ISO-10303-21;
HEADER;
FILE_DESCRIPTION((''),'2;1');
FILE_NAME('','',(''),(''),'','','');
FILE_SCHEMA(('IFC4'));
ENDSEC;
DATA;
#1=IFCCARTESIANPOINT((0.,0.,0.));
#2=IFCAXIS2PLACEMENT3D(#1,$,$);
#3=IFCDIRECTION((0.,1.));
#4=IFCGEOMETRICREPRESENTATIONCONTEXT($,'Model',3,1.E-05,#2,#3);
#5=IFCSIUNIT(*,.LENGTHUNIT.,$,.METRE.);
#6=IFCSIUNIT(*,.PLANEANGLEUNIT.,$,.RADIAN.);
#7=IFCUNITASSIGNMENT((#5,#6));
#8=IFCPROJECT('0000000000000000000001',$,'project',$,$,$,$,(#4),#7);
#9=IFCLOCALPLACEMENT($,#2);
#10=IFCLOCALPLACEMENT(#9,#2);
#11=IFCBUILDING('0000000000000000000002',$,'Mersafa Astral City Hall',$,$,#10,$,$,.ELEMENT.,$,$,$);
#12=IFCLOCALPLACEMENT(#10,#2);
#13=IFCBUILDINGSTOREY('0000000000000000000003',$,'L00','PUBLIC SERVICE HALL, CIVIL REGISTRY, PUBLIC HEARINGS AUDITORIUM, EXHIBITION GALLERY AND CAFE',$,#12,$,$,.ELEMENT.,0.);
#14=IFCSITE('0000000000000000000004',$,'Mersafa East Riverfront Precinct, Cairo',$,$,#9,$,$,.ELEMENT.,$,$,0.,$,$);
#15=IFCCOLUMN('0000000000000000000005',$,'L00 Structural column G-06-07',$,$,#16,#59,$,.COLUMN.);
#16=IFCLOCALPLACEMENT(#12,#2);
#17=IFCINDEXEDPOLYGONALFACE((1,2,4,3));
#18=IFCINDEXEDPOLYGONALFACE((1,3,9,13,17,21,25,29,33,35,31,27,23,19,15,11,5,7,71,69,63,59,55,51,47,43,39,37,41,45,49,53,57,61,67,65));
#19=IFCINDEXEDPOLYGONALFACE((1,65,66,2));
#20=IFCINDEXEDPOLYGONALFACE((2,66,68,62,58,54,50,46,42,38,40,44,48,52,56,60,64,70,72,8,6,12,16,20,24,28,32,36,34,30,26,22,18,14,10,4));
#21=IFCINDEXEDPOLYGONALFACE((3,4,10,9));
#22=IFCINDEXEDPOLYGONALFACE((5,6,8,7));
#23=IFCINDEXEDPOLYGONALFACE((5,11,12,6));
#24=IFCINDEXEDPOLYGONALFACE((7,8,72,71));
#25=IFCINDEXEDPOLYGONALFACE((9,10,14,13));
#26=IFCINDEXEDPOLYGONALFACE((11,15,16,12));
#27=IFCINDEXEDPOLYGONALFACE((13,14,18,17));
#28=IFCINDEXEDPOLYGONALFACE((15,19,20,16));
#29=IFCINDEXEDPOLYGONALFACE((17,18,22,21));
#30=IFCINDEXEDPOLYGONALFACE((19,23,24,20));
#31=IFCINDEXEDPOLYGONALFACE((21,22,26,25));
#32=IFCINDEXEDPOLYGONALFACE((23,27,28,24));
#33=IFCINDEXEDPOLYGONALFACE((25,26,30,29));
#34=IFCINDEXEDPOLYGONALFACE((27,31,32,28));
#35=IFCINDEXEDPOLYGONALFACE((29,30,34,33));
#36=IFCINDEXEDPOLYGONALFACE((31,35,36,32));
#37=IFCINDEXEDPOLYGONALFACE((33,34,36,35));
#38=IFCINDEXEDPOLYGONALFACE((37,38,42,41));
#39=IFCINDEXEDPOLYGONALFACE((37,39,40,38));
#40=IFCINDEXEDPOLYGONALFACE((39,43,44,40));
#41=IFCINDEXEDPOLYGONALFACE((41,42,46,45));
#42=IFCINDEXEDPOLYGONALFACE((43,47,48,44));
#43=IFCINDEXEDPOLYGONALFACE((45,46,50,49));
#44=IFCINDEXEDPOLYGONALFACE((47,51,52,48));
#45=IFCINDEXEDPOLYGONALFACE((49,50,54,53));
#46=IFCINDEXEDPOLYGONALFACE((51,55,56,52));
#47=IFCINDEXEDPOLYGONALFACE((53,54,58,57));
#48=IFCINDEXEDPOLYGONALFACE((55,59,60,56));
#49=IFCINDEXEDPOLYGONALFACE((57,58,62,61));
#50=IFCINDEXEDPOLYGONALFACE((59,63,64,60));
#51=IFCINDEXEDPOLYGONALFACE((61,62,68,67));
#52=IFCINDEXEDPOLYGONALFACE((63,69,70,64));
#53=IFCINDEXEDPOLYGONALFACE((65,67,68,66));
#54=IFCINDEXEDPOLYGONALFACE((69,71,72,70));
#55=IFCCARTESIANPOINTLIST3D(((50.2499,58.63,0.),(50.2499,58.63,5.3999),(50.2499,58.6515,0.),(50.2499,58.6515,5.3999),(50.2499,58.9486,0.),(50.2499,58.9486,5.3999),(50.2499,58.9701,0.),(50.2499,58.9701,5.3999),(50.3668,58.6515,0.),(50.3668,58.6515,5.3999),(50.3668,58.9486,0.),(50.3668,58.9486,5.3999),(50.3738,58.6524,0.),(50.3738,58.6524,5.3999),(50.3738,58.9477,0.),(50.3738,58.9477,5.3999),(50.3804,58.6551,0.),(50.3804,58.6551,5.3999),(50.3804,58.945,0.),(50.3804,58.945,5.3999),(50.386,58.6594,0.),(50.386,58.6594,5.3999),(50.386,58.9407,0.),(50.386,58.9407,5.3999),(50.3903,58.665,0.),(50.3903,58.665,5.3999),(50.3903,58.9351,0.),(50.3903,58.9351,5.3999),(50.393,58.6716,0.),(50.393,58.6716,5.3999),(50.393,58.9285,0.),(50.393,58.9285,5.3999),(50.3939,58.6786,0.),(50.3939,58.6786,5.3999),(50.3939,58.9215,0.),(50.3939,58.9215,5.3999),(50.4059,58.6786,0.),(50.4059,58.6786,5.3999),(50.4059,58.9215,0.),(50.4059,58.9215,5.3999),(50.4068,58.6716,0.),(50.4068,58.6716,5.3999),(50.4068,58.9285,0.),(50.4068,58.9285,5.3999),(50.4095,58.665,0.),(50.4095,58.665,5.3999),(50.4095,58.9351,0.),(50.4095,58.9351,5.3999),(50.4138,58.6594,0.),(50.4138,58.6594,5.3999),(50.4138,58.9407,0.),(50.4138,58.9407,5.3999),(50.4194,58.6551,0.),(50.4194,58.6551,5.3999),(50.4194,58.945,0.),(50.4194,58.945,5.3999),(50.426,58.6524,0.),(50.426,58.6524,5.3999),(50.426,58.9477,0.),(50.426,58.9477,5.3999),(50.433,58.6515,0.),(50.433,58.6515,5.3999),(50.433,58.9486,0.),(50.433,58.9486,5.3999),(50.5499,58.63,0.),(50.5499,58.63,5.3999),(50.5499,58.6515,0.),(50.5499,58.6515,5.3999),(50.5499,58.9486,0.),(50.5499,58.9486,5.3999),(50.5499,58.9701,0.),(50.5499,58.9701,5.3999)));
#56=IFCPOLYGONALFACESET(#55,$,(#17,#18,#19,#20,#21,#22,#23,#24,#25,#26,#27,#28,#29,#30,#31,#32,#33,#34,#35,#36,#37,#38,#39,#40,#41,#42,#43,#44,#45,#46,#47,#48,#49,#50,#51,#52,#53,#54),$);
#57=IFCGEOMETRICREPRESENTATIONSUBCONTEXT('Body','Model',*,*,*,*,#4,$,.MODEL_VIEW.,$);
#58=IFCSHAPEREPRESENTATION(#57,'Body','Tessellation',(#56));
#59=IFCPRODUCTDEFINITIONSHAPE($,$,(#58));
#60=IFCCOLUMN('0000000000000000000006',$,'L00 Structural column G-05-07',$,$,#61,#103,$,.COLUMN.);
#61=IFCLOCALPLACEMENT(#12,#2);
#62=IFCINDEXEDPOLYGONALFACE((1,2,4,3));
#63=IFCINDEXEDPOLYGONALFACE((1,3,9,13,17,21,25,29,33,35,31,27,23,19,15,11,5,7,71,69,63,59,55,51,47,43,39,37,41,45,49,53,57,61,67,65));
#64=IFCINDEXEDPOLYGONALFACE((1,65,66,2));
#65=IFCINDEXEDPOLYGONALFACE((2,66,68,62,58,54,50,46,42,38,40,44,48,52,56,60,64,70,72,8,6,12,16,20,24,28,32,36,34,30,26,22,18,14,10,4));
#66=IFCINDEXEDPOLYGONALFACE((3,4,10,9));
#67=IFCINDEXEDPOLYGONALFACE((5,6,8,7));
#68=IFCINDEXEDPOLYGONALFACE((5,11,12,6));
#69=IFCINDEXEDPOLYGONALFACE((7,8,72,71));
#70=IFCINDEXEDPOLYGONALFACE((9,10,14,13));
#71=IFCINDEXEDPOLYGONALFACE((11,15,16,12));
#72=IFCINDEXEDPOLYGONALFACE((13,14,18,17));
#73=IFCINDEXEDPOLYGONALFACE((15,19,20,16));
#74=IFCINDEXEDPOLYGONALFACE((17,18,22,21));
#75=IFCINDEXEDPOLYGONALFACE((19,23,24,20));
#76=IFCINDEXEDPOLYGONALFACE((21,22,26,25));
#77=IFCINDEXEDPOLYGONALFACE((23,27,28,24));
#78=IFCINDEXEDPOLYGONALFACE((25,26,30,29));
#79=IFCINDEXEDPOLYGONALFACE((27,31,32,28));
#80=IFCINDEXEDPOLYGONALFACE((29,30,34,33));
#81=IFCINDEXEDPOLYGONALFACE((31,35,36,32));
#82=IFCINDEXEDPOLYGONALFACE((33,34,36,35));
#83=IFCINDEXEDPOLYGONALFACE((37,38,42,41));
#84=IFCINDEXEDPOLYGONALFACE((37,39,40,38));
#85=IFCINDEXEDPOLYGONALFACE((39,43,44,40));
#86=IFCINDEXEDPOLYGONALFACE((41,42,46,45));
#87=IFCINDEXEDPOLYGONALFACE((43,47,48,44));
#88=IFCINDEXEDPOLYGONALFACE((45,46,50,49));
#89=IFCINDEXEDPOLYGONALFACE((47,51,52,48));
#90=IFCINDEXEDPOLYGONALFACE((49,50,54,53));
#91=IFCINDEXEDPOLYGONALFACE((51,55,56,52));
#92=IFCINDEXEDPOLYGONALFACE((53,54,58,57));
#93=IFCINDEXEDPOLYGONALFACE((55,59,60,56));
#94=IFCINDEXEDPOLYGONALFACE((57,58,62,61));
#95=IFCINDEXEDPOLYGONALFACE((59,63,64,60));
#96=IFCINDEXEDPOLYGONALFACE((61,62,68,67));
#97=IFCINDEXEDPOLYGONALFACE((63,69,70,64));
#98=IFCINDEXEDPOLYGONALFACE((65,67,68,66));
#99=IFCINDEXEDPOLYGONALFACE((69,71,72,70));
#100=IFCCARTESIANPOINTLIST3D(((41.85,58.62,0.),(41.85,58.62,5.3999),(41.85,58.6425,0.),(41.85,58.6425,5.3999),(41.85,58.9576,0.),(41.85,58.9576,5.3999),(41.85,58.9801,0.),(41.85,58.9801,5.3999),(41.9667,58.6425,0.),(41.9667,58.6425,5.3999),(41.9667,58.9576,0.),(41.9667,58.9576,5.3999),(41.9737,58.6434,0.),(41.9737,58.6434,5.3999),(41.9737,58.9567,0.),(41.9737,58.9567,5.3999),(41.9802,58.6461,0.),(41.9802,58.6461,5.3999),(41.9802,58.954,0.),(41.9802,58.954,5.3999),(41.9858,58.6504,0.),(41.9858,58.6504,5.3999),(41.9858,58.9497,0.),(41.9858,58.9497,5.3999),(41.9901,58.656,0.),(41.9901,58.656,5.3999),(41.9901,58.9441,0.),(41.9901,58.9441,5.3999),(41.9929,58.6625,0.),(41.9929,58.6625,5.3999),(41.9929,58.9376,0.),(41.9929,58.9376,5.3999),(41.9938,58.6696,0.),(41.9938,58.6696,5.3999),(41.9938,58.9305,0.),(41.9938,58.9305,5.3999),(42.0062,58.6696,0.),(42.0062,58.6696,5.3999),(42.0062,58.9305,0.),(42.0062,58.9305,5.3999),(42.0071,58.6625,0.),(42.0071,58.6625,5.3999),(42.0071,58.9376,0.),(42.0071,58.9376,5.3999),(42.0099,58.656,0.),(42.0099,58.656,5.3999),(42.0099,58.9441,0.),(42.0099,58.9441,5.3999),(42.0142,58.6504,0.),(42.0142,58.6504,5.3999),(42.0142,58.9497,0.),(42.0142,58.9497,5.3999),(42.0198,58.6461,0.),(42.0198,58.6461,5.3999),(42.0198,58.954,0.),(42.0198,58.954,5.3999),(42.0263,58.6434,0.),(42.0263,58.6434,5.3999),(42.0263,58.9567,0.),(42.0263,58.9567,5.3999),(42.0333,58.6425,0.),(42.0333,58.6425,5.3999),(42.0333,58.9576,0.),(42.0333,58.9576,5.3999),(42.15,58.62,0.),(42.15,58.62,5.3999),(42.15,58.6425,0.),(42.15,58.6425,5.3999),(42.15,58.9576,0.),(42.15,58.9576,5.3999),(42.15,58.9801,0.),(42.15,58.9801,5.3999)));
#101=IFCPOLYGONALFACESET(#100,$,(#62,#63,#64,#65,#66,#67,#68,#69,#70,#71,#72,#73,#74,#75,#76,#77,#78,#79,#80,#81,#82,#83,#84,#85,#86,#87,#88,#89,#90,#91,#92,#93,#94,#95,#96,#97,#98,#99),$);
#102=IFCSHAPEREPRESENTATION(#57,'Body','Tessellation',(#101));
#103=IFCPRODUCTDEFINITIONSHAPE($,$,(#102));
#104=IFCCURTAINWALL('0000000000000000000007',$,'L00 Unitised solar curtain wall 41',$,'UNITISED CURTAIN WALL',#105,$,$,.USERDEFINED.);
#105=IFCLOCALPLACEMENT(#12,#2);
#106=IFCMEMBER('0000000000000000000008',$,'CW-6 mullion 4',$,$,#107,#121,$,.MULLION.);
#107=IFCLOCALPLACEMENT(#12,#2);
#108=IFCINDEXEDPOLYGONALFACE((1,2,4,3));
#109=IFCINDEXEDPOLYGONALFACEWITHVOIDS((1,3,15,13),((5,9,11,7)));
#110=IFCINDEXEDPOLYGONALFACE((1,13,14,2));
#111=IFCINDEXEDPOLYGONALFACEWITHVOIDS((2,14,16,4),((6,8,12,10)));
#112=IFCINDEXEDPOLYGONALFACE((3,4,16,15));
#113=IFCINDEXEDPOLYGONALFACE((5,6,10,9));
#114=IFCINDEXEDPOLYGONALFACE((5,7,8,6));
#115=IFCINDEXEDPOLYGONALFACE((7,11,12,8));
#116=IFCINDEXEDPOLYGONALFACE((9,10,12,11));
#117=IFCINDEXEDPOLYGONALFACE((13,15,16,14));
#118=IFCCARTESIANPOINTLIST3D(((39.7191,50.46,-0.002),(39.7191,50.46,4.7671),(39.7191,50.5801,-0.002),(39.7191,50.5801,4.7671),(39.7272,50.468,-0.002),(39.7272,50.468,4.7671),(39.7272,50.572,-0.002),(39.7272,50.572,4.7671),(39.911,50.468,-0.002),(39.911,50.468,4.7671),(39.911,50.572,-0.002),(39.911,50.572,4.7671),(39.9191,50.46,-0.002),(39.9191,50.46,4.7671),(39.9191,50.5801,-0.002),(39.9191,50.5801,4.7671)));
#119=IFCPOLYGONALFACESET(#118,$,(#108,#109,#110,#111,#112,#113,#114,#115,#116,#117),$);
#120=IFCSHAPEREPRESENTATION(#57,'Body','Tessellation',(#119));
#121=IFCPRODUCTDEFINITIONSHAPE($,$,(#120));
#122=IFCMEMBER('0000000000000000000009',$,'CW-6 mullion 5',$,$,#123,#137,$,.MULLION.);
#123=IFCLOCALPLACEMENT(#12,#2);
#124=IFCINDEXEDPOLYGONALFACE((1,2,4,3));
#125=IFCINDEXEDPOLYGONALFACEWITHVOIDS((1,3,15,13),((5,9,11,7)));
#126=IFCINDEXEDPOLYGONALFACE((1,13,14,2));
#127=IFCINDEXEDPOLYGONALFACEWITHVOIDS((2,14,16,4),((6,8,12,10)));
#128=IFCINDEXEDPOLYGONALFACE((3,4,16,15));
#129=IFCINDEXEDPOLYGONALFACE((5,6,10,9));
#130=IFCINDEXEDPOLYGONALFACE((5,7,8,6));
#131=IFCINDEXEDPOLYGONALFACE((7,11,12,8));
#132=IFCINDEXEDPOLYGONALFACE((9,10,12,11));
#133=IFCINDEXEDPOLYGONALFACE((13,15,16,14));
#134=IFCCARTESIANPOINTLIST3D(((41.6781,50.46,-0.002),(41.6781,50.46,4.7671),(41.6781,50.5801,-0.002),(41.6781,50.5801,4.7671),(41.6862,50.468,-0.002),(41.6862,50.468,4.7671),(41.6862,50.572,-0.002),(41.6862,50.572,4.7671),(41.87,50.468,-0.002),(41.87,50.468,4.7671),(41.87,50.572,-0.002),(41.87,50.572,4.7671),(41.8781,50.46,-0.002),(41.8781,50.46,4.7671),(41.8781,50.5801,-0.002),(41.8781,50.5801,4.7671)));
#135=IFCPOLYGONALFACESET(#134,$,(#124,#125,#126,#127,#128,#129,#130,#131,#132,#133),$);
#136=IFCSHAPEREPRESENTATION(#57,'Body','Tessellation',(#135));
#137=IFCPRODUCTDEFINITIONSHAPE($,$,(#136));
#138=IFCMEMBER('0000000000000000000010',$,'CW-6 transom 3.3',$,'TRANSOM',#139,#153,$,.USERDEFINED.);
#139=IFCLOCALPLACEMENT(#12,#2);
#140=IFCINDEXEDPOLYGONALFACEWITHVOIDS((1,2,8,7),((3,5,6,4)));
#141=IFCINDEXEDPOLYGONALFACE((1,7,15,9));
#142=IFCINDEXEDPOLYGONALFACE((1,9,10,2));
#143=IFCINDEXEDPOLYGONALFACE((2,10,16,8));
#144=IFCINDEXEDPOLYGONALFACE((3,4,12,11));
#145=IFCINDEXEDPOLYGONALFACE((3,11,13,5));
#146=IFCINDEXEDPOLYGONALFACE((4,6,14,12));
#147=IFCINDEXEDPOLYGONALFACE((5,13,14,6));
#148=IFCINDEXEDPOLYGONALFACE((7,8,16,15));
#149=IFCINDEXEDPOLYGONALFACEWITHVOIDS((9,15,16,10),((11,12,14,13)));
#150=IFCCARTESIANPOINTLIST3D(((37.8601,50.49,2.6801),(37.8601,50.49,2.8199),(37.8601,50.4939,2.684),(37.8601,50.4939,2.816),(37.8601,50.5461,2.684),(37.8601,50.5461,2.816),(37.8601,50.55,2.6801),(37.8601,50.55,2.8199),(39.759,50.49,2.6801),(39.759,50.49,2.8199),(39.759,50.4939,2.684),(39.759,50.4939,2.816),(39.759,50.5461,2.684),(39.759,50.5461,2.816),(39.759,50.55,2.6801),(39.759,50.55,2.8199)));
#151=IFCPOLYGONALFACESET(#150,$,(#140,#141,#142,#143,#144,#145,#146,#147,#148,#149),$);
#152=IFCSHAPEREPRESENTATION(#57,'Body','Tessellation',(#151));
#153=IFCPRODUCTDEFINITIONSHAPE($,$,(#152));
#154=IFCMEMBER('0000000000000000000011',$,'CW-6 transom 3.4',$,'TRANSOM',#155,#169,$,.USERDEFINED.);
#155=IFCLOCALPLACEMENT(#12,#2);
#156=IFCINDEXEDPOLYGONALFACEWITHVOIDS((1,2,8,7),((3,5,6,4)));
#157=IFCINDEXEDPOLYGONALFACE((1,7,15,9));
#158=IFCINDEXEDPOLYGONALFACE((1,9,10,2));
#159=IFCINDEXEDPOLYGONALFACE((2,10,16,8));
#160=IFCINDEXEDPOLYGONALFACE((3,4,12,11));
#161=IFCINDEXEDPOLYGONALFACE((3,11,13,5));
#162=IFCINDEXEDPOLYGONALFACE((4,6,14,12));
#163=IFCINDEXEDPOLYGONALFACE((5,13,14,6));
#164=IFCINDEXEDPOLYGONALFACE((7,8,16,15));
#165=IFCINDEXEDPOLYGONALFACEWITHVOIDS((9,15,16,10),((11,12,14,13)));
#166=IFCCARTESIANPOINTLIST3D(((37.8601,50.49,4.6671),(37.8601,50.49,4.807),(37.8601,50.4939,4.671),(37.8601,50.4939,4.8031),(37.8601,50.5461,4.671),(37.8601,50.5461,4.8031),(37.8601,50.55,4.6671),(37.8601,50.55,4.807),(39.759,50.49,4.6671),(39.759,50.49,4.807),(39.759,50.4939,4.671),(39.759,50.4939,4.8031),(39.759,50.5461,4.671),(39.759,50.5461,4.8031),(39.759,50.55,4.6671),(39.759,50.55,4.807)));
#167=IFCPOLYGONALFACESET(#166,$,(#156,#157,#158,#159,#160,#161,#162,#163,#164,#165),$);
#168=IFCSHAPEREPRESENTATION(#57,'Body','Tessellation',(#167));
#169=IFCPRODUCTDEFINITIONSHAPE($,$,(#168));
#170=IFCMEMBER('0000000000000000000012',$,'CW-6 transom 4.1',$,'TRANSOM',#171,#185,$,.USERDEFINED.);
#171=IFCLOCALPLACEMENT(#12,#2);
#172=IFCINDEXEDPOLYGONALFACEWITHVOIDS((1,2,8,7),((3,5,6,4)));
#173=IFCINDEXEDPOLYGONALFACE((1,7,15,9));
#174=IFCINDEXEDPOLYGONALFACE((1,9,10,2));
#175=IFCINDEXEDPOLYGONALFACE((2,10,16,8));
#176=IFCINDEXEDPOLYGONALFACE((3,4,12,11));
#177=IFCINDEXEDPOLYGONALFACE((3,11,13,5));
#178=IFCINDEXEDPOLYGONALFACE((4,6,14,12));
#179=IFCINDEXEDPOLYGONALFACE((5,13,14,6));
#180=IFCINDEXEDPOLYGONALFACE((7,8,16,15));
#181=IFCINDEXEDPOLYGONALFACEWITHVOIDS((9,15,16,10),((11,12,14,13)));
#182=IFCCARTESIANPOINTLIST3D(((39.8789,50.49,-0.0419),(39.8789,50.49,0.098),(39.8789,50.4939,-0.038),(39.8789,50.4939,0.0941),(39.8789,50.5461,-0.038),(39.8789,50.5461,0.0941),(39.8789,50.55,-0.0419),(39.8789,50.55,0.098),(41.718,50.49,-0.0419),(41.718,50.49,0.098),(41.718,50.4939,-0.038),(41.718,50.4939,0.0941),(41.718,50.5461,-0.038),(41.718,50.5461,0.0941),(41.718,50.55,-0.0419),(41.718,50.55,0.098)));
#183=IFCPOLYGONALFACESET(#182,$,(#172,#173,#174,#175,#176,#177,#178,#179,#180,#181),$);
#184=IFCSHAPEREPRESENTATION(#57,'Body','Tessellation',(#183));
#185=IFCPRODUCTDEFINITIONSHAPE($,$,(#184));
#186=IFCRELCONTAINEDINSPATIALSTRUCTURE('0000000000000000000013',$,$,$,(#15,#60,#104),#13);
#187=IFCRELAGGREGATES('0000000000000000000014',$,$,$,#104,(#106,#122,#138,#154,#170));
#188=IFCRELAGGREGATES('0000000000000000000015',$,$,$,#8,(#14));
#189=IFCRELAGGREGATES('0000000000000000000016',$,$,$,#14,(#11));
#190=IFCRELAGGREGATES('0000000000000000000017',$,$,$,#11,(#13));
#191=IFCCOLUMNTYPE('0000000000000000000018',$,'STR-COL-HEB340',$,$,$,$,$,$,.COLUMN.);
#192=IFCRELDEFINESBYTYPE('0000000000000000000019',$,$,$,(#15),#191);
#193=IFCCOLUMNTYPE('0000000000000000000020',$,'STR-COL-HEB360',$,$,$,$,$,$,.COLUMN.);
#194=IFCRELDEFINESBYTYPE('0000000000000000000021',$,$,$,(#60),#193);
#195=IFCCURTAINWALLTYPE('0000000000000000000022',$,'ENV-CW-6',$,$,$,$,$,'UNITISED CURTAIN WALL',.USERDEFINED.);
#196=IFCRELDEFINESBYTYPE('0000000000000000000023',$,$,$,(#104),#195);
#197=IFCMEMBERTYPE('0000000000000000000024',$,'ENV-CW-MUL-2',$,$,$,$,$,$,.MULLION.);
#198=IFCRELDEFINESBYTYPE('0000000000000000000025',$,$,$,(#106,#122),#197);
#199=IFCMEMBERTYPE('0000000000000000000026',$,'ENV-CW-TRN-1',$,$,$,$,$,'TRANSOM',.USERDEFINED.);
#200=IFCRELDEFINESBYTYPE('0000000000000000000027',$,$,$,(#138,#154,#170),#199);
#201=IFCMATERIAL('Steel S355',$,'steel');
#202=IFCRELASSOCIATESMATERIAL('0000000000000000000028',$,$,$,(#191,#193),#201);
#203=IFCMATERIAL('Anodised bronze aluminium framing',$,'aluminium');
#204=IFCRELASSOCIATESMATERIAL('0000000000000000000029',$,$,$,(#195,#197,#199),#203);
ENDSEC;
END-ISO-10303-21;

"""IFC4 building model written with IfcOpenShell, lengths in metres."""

from ifc_helpers import new_model, si_unit, direction, frame, origin, origin_2d, place, context, subcontext, project, spatial, hollow_rectangle, i_section, extrude, material, material_profile, profile_set, type_object, element, aggregate, save


model = new_model("IFC4")

# Units and contexts
model_context = context("Model", 3, precision=1e-05, world=origin(), true_north=direction((0.0, 1.0)))
body_context = subcontext(model_context, "Body", "Model", "MODEL_VIEW")
ifc_project = project(units=[si_unit("LENGTHUNIT", "METRE"), si_unit("PLANEANGLEUNIT", "RADIAN")], contexts=[model_context])

# Site, building, storey
site_placement = place(None, origin())
site = spatial("IfcSite", under=ifc_project, at=site_placement, Name="Mersafa East Riverfront Precinct, Cairo", CompositionType="ELEMENT", RefElevation=0.0)
building_placement = place(site_placement, origin())
building = spatial("IfcBuilding", under=site, at=building_placement, Name="Mersafa Astral City Hall", CompositionType="ELEMENT")
storey_placement = place(building_placement, origin())
storey = spatial("IfcBuildingStorey", under=building, at=storey_placement, Name="L00", Description="PUBLIC SERVICE HALL, CIVIL REGISTRY, PUBLIC HEARINGS AUDITORIUM, EXHIBITION GALLERY AND CAFE", CompositionType="ELEMENT", Elevation=0.0)

# Columns
ifc_material_1 = material(Name="Steel S355", Category="steel")
ifc_material_profile_1 = material_profile(ifc_material_1, i_section(OverallWidth=0.3, OverallDepth=0.3401, WebThickness=0.012, FlangeThickness=0.0215, FilletRadius=0.0271, at=origin_2d()), Name="HEB 340")
ifc_profile_set_1 = profile_set([ifc_material_profile_1], Name="Steel S355")
column_type_1 = type_object("IfcColumnType", Name="STR-COL-HEB340", PredefinedType="COLUMN", material=ifc_profile_set_1)
column_1_placement = place(storey_placement, frame((50.3999, 58.8, 0.0), z_axis=(0.0, 0.0, 1.0), x_axis=(1.0, 0.0, 0.0)))
element("IfcColumn", 1, at=column_1_placement, inside=storey, type_object=column_type_1, Name="L00 Structural column G-06-07", PredefinedType="COLUMN", context=body_context, shape_type="SweptSolid", body=[
    extrude(i_section(OverallWidth=0.3, OverallDepth=0.3401, WebThickness=0.012, FlangeThickness=0.0215, FilletRadius=0.0271, at=origin_2d()), origin(), (0.0, 0.0, 1.0), 5.3999),
])
ifc_material_profile_2 = material_profile(ifc_material_1, i_section(OverallWidth=0.3, OverallDepth=0.3601, WebThickness=0.0125, FlangeThickness=0.0225, FilletRadius=0.0271, at=origin_2d()), Name="HEB 360")
ifc_profile_set_2 = profile_set([ifc_material_profile_2], Name="Steel S355")
column_type_2 = type_object("IfcColumnType", Name="STR-COL-HEB360", PredefinedType="COLUMN", material=ifc_profile_set_2)
column_2_placement = place(storey_placement, frame((42.0, 58.8, 0.0), z_axis=(0.0, 0.0, 1.0), x_axis=(1.0, 0.0, 0.0)))
element("IfcColumn", 2, at=column_2_placement, inside=storey, type_object=column_type_2, Name="L00 Structural column G-05-07", PredefinedType="COLUMN", context=body_context, shape_type="SweptSolid", body=[
    extrude(i_section(OverallWidth=0.3, OverallDepth=0.3601, WebThickness=0.0125, FlangeThickness=0.0225, FilletRadius=0.0271, at=origin_2d()), origin(), (0.0, 0.0, 1.0), 5.3999),
])

# Curtain wall, members
ifc_material_2 = material(Name="Anodised bronze aluminium framing", Category="aluminium")
curtain_wall_type = type_object("IfcCurtainWallType", Name="ENV-CW-6", ElementType="UNITISED CURTAIN WALL", PredefinedType="USERDEFINED", material=ifc_material_2)
curtain_wall_placement = place(storey_placement, origin())
curtain_wall = element("IfcCurtainWall", 3, at=curtain_wall_placement, inside=storey, type_object=curtain_wall_type, Name="L00 Unitised solar curtain wall 41", ObjectType="UNITISED CURTAIN WALL", PredefinedType="USERDEFINED")
ifc_material_profile_3 = material_profile(ifc_material_2, hollow_rectangle(XDim=0.1201, YDim=0.2, WallThickness=0.0081, at=origin_2d()), Name="RHS 120x200x8")
ifc_profile_set_3 = profile_set([ifc_material_profile_3], Name="Anodised bronze aluminium framing")
member_type_1 = type_object("IfcMemberType", Name="ENV-CW-MUL-2", PredefinedType="MULLION", material=ifc_profile_set_3)
member_1_placement = place(storey_placement, frame((39.8191, 50.52, -0.002), z_axis=(0.0, 0.0, 1.0), x_axis=(0.0, 1.0, 0.0)))
member_1 = element("IfcMember", 4, at=member_1_placement, type_object=member_type_1, Name="CW-6 mullion 4", PredefinedType="MULLION", context=body_context, shape_type="SweptSolid", body=[
    extrude(hollow_rectangle(XDim=0.1201, YDim=0.2, WallThickness=0.0081, at=origin_2d()), origin(), (0.0, 0.0, 1.0), 4.769),
])
member_2_placement = place(storey_placement, frame((41.7781, 50.52, -0.002), z_axis=(0.0, 0.0, 1.0), x_axis=(0.0, 1.0, 0.0)))
member_2 = element("IfcMember", 5, at=member_2_placement, type_object=member_type_1, Name="CW-6 mullion 5", PredefinedType="MULLION", context=body_context, shape_type="SweptSolid", body=[
    extrude(hollow_rectangle(XDim=0.1201, YDim=0.2, WallThickness=0.0081, at=origin_2d()), origin(), (0.0, 0.0, 1.0), 4.769),
])
ifc_material_profile_4 = material_profile(ifc_material_2, hollow_rectangle(XDim=0.0601, YDim=0.1399, WallThickness=0.0039, at=origin_2d()), Name="RHS 60x140x4")
ifc_profile_set_4 = profile_set([ifc_material_profile_4], Name="Anodised bronze aluminium framing")
member_type_2 = type_object("IfcMemberType", Name="ENV-CW-TRN-1", ElementType="TRANSOM", PredefinedType="USERDEFINED", material=ifc_profile_set_4)
member_3_placement = place(storey_placement, frame((37.8601, 50.52, 2.75), z_axis=(1.0, 0.0, 0.0), x_axis=(0.0, 1.0, 0.0)))
member_3 = element("IfcMember", 6, at=member_3_placement, type_object=member_type_2, Name="CW-6 transom 3.3", ObjectType="TRANSOM", PredefinedType="USERDEFINED", context=body_context, shape_type="SweptSolid", body=[
    extrude(hollow_rectangle(XDim=0.0601, YDim=0.1399, WallThickness=0.0039, at=origin_2d()), origin(), (0.0, 0.0, 1.0), 1.8989),
])
member_4_placement = place(storey_placement, frame((37.8601, 50.52, 4.7371), z_axis=(1.0, 0.0, 0.0), x_axis=(0.0, 1.0, 0.0)))
member_4 = element("IfcMember", 7, at=member_4_placement, type_object=member_type_2, Name="CW-6 transom 3.4", ObjectType="TRANSOM", PredefinedType="USERDEFINED", context=body_context, shape_type="SweptSolid", body=[
    extrude(hollow_rectangle(XDim=0.0601, YDim=0.1399, WallThickness=0.0039, at=origin_2d()), origin(), (0.0, 0.0, 1.0), 1.8989),
])
member_5_placement = place(storey_placement, frame((39.8789, 50.52, 0.0281), z_axis=(1.0, 0.0, 0.0), x_axis=(0.0, 1.0, 0.0)))
member_5 = element("IfcMember", 8, at=member_5_placement, type_object=member_type_2, Name="CW-6 transom 4.1", ObjectType="TRANSOM", PredefinedType="USERDEFINED", context=body_context, shape_type="SweptSolid", body=[
    extrude(hollow_rectangle(XDim=0.0601, YDim=0.1399, WallThickness=0.0039, at=origin_2d()), origin(), (0.0, 0.0, 1.0), 1.8391),
])

aggregate(curtain_wall, [member_1, member_2, member_3, member_4, member_5])

save(model, "model.ifc")
